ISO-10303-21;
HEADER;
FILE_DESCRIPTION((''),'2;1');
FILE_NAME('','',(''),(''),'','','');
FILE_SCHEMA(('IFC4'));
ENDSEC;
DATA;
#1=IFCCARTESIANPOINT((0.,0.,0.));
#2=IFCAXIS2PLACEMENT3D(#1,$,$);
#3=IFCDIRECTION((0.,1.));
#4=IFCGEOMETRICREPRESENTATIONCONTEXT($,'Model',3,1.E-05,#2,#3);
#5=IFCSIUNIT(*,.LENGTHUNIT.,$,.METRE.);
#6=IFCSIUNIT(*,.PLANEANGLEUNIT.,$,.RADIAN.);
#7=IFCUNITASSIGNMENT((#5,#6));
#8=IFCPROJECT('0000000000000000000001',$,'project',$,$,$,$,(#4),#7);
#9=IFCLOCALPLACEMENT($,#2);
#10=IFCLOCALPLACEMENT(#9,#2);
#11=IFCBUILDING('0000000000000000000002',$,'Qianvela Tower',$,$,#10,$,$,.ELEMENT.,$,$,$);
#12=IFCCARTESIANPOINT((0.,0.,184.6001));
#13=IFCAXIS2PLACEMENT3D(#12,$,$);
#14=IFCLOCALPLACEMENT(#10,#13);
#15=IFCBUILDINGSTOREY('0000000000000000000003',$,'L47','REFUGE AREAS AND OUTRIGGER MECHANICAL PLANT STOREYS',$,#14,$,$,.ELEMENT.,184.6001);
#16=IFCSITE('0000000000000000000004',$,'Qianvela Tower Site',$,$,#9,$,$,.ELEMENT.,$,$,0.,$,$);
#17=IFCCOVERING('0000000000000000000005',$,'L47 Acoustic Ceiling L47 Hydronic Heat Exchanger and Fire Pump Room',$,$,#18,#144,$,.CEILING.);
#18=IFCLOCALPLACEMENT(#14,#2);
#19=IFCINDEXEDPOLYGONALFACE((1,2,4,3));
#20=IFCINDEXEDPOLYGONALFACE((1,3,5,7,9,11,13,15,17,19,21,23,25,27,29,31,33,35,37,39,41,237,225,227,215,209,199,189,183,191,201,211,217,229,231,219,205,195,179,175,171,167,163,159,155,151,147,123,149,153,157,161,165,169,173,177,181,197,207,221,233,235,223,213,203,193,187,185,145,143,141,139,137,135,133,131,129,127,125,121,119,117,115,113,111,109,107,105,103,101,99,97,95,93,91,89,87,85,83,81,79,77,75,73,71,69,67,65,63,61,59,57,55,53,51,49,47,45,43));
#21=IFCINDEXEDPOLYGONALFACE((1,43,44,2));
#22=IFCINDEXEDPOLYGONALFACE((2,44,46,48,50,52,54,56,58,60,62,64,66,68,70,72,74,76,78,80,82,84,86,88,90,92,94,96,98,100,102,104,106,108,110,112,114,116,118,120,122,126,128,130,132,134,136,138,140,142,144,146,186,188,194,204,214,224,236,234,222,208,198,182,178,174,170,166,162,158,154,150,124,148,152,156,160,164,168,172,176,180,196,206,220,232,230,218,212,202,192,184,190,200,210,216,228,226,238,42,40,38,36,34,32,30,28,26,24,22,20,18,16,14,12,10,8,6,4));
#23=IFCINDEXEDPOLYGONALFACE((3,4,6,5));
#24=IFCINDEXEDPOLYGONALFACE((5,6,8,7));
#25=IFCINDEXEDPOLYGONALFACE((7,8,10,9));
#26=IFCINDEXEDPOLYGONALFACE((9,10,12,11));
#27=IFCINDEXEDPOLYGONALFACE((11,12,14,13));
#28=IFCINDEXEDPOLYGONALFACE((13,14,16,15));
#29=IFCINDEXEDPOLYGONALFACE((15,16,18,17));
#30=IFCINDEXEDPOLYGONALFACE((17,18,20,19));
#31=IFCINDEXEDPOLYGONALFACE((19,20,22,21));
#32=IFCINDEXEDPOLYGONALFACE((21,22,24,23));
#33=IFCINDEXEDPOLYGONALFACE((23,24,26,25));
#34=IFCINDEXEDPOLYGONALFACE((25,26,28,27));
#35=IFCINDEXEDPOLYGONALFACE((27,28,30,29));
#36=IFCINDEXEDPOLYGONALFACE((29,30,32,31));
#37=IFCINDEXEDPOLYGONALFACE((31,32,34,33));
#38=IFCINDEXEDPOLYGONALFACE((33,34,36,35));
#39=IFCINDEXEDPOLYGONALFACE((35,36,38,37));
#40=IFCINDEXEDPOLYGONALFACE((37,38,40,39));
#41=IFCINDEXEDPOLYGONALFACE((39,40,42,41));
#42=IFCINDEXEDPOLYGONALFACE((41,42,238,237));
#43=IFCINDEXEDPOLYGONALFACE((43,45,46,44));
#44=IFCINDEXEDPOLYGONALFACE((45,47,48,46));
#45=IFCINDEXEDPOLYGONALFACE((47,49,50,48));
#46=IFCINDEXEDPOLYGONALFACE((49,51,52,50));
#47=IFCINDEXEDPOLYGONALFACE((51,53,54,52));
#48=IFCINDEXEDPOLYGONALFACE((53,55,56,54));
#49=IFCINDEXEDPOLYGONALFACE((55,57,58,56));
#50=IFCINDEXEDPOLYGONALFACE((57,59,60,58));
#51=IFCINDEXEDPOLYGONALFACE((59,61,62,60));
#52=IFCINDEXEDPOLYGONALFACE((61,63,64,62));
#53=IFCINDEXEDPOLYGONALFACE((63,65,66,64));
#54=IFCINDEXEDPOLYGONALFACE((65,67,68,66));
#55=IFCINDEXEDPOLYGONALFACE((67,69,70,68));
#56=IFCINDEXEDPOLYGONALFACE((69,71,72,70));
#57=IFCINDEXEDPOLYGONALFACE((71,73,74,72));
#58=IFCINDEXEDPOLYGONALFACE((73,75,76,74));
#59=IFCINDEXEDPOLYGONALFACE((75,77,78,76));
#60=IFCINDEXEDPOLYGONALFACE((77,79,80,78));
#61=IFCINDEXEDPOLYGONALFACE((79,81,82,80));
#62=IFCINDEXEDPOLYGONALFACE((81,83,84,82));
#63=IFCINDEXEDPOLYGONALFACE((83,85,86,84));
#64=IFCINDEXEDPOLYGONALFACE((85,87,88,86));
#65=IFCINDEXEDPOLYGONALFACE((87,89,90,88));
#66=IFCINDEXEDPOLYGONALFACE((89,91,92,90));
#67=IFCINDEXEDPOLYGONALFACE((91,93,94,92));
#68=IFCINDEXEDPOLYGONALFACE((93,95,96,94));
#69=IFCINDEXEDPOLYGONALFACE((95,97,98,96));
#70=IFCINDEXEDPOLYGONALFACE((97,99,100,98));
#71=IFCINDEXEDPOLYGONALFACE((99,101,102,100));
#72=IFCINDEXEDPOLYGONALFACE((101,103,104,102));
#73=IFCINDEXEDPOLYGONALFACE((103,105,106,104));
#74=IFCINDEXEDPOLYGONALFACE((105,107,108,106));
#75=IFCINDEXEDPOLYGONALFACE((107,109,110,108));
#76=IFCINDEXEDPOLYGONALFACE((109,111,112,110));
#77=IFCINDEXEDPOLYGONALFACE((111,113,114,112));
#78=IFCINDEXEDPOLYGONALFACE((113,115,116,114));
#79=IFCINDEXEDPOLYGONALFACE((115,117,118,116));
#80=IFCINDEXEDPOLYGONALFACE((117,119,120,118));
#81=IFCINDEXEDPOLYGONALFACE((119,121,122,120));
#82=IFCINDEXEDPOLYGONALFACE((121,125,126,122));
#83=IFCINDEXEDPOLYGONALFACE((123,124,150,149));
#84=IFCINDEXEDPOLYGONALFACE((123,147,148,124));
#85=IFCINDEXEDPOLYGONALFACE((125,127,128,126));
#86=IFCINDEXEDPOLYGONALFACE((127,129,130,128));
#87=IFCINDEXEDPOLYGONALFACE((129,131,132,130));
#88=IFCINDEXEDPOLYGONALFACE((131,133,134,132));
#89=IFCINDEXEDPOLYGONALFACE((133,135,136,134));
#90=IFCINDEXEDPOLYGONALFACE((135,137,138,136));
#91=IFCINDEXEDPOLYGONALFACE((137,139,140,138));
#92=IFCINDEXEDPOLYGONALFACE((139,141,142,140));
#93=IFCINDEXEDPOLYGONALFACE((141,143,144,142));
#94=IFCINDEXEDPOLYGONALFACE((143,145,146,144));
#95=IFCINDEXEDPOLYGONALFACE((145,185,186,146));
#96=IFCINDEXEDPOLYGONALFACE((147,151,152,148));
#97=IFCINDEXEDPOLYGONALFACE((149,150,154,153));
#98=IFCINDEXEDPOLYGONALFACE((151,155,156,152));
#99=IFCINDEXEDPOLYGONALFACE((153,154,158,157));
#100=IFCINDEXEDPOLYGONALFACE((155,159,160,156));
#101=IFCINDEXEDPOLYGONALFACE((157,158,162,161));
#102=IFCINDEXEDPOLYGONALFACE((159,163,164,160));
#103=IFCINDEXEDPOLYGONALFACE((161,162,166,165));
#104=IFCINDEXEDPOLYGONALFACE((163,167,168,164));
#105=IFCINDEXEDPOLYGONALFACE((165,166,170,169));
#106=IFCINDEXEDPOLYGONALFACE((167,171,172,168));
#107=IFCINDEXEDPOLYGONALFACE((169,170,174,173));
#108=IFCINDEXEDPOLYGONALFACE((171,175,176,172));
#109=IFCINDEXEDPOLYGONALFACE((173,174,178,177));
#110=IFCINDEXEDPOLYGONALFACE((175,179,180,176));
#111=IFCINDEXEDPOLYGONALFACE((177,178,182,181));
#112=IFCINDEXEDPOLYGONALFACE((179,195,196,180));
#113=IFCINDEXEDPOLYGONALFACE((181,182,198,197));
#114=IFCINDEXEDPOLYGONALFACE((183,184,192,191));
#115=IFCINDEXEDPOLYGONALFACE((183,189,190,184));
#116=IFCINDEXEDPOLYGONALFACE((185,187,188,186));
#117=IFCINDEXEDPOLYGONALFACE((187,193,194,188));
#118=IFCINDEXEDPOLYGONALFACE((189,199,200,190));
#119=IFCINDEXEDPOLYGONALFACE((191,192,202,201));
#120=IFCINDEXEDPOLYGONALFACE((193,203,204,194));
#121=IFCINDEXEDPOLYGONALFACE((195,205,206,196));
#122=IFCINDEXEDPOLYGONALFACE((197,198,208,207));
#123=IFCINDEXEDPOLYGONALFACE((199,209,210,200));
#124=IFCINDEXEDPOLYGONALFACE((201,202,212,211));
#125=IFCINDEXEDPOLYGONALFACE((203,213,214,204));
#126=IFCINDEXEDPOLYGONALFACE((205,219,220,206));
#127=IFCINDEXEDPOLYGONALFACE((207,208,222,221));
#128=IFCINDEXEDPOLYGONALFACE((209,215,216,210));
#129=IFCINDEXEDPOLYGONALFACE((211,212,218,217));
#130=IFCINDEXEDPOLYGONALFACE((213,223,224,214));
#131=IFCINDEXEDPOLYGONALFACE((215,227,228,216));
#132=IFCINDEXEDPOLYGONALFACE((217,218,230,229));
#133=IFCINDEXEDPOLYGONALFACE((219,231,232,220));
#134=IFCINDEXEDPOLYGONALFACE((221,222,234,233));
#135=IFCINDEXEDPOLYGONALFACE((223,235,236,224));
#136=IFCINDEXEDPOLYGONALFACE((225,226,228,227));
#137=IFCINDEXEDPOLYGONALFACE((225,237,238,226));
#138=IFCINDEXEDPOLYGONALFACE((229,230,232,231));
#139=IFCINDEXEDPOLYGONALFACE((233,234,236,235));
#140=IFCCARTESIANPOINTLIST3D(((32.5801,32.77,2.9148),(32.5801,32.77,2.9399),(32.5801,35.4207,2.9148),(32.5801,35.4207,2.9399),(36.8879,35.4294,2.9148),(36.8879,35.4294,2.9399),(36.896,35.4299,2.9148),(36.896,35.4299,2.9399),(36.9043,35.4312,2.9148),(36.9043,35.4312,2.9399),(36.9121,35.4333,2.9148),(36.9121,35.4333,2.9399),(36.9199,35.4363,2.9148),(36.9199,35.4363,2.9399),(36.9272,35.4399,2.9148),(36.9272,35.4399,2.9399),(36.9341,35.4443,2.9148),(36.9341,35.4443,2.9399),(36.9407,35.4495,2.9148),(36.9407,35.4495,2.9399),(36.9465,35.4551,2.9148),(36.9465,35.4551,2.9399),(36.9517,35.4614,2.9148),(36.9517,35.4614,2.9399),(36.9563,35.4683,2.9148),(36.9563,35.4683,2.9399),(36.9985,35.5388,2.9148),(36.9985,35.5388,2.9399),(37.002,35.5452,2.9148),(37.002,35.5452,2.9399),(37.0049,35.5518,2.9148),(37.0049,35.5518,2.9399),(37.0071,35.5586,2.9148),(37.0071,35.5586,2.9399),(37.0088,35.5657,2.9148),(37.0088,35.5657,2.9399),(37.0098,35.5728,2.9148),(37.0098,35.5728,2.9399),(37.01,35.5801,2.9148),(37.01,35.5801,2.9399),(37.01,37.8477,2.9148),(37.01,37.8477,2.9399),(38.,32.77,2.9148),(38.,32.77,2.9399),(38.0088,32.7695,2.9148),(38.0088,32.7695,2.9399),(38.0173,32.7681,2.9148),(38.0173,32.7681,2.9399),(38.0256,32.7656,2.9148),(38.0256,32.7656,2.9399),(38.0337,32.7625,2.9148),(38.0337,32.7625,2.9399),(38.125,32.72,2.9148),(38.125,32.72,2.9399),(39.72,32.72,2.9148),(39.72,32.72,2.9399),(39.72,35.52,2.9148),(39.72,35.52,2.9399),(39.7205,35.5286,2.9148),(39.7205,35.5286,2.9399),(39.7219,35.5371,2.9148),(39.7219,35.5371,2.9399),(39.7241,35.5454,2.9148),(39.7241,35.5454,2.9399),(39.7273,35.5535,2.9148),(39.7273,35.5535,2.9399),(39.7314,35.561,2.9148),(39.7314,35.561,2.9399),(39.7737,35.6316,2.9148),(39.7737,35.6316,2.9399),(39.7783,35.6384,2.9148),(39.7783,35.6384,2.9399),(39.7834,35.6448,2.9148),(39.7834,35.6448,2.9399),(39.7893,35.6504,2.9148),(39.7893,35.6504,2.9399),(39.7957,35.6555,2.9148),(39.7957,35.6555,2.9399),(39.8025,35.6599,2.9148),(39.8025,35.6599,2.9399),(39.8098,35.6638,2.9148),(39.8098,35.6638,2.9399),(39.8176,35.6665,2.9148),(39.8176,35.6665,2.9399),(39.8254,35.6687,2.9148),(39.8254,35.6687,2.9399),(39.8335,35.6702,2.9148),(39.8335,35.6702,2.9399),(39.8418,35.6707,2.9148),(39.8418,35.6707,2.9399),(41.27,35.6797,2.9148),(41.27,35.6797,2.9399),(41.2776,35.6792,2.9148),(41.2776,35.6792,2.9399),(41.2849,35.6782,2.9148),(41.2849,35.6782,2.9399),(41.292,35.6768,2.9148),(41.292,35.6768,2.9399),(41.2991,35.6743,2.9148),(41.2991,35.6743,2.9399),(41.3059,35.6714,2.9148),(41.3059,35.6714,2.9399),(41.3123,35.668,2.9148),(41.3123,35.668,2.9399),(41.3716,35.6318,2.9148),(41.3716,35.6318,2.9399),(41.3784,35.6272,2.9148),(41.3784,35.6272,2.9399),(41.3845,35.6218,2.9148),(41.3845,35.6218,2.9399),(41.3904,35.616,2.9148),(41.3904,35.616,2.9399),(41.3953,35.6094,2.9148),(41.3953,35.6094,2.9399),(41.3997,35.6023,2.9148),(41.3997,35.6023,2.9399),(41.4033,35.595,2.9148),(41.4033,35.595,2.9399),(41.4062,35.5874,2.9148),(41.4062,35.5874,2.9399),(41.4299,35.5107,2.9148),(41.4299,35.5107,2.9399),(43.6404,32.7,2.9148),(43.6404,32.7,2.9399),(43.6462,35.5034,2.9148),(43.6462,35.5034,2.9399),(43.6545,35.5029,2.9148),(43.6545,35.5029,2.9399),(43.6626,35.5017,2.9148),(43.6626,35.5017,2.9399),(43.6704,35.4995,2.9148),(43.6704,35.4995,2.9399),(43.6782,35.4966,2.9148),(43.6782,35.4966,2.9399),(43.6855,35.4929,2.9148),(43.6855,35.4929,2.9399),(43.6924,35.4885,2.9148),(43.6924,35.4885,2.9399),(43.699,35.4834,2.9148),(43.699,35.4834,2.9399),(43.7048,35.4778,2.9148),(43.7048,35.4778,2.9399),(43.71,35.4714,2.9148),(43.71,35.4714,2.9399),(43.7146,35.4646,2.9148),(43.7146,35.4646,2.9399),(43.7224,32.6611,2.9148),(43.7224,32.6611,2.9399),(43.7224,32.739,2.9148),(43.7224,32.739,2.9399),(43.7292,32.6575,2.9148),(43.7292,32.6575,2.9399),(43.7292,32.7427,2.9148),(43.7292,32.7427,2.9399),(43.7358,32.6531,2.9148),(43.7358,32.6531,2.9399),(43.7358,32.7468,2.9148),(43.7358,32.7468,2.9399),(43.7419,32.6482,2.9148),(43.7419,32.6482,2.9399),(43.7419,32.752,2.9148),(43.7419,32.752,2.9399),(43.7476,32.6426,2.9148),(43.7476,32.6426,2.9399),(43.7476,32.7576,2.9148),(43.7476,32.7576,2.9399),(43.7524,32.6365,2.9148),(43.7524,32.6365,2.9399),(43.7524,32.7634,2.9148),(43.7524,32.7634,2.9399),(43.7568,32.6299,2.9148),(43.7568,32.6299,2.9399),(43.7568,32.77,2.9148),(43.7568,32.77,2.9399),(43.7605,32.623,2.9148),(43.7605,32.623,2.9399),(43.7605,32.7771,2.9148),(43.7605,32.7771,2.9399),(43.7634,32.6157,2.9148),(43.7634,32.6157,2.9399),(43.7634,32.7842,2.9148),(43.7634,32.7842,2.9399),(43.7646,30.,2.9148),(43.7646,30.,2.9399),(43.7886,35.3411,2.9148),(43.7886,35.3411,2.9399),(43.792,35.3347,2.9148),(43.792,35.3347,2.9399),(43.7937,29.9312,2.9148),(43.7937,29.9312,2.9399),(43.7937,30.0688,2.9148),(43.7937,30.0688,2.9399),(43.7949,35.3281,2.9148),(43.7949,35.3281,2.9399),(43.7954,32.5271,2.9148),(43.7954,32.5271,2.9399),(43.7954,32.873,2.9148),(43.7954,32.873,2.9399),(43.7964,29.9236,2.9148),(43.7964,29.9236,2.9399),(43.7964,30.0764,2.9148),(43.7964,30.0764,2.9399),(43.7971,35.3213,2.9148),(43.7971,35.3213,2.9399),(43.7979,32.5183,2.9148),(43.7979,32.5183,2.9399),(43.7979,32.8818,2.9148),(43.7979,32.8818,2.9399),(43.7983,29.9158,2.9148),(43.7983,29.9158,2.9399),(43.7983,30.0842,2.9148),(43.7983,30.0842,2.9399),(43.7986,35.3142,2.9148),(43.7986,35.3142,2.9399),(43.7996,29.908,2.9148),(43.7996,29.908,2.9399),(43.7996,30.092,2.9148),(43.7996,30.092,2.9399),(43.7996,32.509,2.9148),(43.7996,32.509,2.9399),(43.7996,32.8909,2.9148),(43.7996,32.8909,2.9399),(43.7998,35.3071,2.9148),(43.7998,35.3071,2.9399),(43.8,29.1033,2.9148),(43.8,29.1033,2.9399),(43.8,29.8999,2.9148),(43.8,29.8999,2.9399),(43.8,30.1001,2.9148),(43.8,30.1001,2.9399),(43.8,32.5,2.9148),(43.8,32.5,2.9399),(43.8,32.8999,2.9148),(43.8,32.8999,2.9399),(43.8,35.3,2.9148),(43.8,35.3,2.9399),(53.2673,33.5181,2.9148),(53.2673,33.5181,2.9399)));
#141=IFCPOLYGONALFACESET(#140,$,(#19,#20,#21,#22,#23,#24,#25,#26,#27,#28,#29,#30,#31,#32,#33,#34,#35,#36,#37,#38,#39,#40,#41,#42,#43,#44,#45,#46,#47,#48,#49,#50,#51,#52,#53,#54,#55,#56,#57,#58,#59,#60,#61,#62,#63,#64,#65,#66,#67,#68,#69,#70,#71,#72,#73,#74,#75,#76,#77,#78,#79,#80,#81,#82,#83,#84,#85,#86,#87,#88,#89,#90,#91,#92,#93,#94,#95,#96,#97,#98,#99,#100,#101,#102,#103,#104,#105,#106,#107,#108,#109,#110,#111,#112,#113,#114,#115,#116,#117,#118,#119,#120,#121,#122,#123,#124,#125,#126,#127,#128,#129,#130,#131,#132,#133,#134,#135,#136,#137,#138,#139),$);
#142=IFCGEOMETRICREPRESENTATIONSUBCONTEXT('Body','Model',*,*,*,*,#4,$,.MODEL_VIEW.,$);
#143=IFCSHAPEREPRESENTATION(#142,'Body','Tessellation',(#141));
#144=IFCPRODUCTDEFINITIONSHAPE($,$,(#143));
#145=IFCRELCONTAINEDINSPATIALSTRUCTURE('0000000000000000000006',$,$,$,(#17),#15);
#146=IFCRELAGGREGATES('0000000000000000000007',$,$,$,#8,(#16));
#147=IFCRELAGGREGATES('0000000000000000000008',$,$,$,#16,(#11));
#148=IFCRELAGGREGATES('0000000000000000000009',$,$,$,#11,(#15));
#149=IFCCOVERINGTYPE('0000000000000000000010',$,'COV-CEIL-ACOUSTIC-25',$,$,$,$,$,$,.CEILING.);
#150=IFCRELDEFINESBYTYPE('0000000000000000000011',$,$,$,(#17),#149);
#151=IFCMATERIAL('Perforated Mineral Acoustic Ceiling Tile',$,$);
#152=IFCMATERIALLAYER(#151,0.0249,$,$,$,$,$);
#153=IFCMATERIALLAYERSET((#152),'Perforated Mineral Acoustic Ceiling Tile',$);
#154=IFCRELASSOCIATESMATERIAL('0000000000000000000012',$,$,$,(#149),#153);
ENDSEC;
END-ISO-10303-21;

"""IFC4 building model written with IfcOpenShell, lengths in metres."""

from ifc_helpers import new_model, si_unit, direction, frame, origin, place, context, subcontext, project, spatial, polyline, outline, extrude, material, layer, layer_set, type_object, element, save


model = new_model("IFC4")

# Units and contexts
model_context = context("Model", 3, precision=1e-05, world=origin(), true_north=direction((0.0, 1.0)))
body_context = subcontext(model_context, "Body", "Model", "MODEL_VIEW")
ifc_project = project(units=[si_unit("LENGTHUNIT", "METRE"), si_unit("PLANEANGLEUNIT", "RADIAN")], contexts=[model_context])

# Site, building, storey
site_placement = place(None, origin())
site = spatial("IfcSite", under=ifc_project, at=site_placement, Name="Qianvela Tower Site", CompositionType="ELEMENT", RefElevation=0.0)
building_placement = place(site_placement, origin())
building = spatial("IfcBuilding", under=site, at=building_placement, Name="Qianvela Tower", CompositionType="ELEMENT")
storey_placement = place(building_placement, frame((0.0, 0.0, 184.6001)))
storey = spatial("IfcBuildingStorey", under=building, at=storey_placement, Name="L47", Description="REFUGE AREAS AND OUTRIGGER MECHANICAL PLANT STOREYS", CompositionType="ELEMENT", Elevation=184.6001)

# Covering
ifc_material_1 = material(Name="Perforated Mineral Acoustic Ceiling Tile")
ifc_layer_1 = layer(ifc_material_1, 0.0249)
ifc_layer_set_1 = layer_set([ifc_layer_1], Name="Perforated Mineral Acoustic Ceiling Tile")
covering_type_1 = type_object("IfcCoveringType", Name="COV-CEIL-ACOUSTIC-25", PredefinedType="CEILING", material=ifc_layer_set_1)
covering_1_placement = place(storey_placement, frame((0.0, 0.0, 2.9148)))
element("IfcCovering", 1, at=covering_1_placement, inside=storey, type_object=covering_type_1, Name="L47 Acoustic Ceiling L47 Hydronic Heat Exchanger and Fire Pump Room", PredefinedType="CEILING", context=body_context, shape_type="SweptSolid", body=[
    extrude(outline(polyline([(43.6404, 32.7), (43.7224, 32.739), (43.7292, 32.7427), (43.7358, 32.7468), (43.7419, 32.752), (43.7476, 32.7576), (43.7524, 32.7634), (43.7568, 32.77), (43.7605, 32.7771), (43.7634, 32.7842), (43.7954, 32.873), (43.7979, 32.8818), (43.7996, 32.8909), (43.8, 32.8999), (43.8, 35.3), (43.7998, 35.3071), (43.7986, 35.3142), (43.7971, 35.3213), (43.7949, 35.3281), (43.792, 35.3347), (43.7886, 35.3411), (43.7146, 35.4646), (43.71, 35.4714), (43.7048, 35.4778), (43.699, 35.4834), (43.6924, 35.4885), (43.6855, 35.4929), (43.6782, 35.4966), (43.6704, 35.4995), (43.6626, 35.5017), (43.6545, 35.5029), (43.6462, 35.5034), (41.4299, 35.5107), (41.4062, 35.5874), (41.4033, 35.595), (41.3997, 35.6023), (41.3953, 35.6094), (41.3904, 35.616), (41.3845, 35.6218), (41.3784, 35.6272), (41.3716, 35.6318), (41.3123, 35.668), (41.3059, 35.6714), (41.2991, 35.6743), (41.292, 35.6768), (41.2849, 35.6782), (41.2776, 35.6792), (41.27, 35.6797), (39.8418, 35.6707), (39.8335, 35.6702), (39.8254, 35.6687), (39.8176, 35.6665), (39.8098, 35.6638), (39.8025, 35.6599), (39.7957, 35.6555), (39.7893, 35.6504), (39.7834, 35.6448), (39.7783, 35.6384), (39.7737, 35.6316), (39.7314, 35.561), (39.7273, 35.5535), (39.7241, 35.5454), (39.7219, 35.5371), (39.7205, 35.5286), (39.72, 35.52), (39.72, 32.72), (38.125, 32.72), (38.0337, 32.7625), (38.0256, 32.7656), (38.0173, 32.7681), (38.0088, 32.7695), (38.0, 32.77), (32.5801, 32.77), (32.5801, 35.4207), (36.8879, 35.4294), (36.896, 35.4299), (36.9043, 35.4312), (36.9121, 35.4333), (36.9199, 35.4363), (36.9272, 35.4399), (36.9341, 35.4443), (36.9407, 35.4495), (36.9465, 35.4551), (36.9517, 35.4614), (36.9563, 35.4683), (36.9985, 35.5388), (37.002, 35.5452), (37.0049, 35.5518), (37.0071, 35.5586), (37.0088, 35.5657), (37.0098, 35.5728), (37.01, 35.5801), (37.01, 37.8477), (53.2673, 33.5181), (43.8, 29.1033), (43.8, 29.8999), (43.7996, 29.908), (43.7983, 29.9158), (43.7964, 29.9236), (43.7937, 29.9312), (43.7646, 30.0), (43.7937, 30.0688), (43.7964, 30.0764), (43.7983, 30.0842), (43.7996, 30.092), (43.8, 30.1001), (43.8, 32.5), (43.7996, 32.509), (43.7979, 32.5183), (43.7954, 32.5271), (43.7634, 32.6157), (43.7605, 32.623), (43.7568, 32.6299), (43.7524, 32.6365), (43.7476, 32.6426), (43.7419, 32.6482), (43.7358, 32.6531), (43.7292, 32.6575), (43.7224, 32.6611), (43.6404, 32.7)])), origin(), (0.0, 0.0, 1.0), 0.0251),
])

save(model, "model.ifc")
